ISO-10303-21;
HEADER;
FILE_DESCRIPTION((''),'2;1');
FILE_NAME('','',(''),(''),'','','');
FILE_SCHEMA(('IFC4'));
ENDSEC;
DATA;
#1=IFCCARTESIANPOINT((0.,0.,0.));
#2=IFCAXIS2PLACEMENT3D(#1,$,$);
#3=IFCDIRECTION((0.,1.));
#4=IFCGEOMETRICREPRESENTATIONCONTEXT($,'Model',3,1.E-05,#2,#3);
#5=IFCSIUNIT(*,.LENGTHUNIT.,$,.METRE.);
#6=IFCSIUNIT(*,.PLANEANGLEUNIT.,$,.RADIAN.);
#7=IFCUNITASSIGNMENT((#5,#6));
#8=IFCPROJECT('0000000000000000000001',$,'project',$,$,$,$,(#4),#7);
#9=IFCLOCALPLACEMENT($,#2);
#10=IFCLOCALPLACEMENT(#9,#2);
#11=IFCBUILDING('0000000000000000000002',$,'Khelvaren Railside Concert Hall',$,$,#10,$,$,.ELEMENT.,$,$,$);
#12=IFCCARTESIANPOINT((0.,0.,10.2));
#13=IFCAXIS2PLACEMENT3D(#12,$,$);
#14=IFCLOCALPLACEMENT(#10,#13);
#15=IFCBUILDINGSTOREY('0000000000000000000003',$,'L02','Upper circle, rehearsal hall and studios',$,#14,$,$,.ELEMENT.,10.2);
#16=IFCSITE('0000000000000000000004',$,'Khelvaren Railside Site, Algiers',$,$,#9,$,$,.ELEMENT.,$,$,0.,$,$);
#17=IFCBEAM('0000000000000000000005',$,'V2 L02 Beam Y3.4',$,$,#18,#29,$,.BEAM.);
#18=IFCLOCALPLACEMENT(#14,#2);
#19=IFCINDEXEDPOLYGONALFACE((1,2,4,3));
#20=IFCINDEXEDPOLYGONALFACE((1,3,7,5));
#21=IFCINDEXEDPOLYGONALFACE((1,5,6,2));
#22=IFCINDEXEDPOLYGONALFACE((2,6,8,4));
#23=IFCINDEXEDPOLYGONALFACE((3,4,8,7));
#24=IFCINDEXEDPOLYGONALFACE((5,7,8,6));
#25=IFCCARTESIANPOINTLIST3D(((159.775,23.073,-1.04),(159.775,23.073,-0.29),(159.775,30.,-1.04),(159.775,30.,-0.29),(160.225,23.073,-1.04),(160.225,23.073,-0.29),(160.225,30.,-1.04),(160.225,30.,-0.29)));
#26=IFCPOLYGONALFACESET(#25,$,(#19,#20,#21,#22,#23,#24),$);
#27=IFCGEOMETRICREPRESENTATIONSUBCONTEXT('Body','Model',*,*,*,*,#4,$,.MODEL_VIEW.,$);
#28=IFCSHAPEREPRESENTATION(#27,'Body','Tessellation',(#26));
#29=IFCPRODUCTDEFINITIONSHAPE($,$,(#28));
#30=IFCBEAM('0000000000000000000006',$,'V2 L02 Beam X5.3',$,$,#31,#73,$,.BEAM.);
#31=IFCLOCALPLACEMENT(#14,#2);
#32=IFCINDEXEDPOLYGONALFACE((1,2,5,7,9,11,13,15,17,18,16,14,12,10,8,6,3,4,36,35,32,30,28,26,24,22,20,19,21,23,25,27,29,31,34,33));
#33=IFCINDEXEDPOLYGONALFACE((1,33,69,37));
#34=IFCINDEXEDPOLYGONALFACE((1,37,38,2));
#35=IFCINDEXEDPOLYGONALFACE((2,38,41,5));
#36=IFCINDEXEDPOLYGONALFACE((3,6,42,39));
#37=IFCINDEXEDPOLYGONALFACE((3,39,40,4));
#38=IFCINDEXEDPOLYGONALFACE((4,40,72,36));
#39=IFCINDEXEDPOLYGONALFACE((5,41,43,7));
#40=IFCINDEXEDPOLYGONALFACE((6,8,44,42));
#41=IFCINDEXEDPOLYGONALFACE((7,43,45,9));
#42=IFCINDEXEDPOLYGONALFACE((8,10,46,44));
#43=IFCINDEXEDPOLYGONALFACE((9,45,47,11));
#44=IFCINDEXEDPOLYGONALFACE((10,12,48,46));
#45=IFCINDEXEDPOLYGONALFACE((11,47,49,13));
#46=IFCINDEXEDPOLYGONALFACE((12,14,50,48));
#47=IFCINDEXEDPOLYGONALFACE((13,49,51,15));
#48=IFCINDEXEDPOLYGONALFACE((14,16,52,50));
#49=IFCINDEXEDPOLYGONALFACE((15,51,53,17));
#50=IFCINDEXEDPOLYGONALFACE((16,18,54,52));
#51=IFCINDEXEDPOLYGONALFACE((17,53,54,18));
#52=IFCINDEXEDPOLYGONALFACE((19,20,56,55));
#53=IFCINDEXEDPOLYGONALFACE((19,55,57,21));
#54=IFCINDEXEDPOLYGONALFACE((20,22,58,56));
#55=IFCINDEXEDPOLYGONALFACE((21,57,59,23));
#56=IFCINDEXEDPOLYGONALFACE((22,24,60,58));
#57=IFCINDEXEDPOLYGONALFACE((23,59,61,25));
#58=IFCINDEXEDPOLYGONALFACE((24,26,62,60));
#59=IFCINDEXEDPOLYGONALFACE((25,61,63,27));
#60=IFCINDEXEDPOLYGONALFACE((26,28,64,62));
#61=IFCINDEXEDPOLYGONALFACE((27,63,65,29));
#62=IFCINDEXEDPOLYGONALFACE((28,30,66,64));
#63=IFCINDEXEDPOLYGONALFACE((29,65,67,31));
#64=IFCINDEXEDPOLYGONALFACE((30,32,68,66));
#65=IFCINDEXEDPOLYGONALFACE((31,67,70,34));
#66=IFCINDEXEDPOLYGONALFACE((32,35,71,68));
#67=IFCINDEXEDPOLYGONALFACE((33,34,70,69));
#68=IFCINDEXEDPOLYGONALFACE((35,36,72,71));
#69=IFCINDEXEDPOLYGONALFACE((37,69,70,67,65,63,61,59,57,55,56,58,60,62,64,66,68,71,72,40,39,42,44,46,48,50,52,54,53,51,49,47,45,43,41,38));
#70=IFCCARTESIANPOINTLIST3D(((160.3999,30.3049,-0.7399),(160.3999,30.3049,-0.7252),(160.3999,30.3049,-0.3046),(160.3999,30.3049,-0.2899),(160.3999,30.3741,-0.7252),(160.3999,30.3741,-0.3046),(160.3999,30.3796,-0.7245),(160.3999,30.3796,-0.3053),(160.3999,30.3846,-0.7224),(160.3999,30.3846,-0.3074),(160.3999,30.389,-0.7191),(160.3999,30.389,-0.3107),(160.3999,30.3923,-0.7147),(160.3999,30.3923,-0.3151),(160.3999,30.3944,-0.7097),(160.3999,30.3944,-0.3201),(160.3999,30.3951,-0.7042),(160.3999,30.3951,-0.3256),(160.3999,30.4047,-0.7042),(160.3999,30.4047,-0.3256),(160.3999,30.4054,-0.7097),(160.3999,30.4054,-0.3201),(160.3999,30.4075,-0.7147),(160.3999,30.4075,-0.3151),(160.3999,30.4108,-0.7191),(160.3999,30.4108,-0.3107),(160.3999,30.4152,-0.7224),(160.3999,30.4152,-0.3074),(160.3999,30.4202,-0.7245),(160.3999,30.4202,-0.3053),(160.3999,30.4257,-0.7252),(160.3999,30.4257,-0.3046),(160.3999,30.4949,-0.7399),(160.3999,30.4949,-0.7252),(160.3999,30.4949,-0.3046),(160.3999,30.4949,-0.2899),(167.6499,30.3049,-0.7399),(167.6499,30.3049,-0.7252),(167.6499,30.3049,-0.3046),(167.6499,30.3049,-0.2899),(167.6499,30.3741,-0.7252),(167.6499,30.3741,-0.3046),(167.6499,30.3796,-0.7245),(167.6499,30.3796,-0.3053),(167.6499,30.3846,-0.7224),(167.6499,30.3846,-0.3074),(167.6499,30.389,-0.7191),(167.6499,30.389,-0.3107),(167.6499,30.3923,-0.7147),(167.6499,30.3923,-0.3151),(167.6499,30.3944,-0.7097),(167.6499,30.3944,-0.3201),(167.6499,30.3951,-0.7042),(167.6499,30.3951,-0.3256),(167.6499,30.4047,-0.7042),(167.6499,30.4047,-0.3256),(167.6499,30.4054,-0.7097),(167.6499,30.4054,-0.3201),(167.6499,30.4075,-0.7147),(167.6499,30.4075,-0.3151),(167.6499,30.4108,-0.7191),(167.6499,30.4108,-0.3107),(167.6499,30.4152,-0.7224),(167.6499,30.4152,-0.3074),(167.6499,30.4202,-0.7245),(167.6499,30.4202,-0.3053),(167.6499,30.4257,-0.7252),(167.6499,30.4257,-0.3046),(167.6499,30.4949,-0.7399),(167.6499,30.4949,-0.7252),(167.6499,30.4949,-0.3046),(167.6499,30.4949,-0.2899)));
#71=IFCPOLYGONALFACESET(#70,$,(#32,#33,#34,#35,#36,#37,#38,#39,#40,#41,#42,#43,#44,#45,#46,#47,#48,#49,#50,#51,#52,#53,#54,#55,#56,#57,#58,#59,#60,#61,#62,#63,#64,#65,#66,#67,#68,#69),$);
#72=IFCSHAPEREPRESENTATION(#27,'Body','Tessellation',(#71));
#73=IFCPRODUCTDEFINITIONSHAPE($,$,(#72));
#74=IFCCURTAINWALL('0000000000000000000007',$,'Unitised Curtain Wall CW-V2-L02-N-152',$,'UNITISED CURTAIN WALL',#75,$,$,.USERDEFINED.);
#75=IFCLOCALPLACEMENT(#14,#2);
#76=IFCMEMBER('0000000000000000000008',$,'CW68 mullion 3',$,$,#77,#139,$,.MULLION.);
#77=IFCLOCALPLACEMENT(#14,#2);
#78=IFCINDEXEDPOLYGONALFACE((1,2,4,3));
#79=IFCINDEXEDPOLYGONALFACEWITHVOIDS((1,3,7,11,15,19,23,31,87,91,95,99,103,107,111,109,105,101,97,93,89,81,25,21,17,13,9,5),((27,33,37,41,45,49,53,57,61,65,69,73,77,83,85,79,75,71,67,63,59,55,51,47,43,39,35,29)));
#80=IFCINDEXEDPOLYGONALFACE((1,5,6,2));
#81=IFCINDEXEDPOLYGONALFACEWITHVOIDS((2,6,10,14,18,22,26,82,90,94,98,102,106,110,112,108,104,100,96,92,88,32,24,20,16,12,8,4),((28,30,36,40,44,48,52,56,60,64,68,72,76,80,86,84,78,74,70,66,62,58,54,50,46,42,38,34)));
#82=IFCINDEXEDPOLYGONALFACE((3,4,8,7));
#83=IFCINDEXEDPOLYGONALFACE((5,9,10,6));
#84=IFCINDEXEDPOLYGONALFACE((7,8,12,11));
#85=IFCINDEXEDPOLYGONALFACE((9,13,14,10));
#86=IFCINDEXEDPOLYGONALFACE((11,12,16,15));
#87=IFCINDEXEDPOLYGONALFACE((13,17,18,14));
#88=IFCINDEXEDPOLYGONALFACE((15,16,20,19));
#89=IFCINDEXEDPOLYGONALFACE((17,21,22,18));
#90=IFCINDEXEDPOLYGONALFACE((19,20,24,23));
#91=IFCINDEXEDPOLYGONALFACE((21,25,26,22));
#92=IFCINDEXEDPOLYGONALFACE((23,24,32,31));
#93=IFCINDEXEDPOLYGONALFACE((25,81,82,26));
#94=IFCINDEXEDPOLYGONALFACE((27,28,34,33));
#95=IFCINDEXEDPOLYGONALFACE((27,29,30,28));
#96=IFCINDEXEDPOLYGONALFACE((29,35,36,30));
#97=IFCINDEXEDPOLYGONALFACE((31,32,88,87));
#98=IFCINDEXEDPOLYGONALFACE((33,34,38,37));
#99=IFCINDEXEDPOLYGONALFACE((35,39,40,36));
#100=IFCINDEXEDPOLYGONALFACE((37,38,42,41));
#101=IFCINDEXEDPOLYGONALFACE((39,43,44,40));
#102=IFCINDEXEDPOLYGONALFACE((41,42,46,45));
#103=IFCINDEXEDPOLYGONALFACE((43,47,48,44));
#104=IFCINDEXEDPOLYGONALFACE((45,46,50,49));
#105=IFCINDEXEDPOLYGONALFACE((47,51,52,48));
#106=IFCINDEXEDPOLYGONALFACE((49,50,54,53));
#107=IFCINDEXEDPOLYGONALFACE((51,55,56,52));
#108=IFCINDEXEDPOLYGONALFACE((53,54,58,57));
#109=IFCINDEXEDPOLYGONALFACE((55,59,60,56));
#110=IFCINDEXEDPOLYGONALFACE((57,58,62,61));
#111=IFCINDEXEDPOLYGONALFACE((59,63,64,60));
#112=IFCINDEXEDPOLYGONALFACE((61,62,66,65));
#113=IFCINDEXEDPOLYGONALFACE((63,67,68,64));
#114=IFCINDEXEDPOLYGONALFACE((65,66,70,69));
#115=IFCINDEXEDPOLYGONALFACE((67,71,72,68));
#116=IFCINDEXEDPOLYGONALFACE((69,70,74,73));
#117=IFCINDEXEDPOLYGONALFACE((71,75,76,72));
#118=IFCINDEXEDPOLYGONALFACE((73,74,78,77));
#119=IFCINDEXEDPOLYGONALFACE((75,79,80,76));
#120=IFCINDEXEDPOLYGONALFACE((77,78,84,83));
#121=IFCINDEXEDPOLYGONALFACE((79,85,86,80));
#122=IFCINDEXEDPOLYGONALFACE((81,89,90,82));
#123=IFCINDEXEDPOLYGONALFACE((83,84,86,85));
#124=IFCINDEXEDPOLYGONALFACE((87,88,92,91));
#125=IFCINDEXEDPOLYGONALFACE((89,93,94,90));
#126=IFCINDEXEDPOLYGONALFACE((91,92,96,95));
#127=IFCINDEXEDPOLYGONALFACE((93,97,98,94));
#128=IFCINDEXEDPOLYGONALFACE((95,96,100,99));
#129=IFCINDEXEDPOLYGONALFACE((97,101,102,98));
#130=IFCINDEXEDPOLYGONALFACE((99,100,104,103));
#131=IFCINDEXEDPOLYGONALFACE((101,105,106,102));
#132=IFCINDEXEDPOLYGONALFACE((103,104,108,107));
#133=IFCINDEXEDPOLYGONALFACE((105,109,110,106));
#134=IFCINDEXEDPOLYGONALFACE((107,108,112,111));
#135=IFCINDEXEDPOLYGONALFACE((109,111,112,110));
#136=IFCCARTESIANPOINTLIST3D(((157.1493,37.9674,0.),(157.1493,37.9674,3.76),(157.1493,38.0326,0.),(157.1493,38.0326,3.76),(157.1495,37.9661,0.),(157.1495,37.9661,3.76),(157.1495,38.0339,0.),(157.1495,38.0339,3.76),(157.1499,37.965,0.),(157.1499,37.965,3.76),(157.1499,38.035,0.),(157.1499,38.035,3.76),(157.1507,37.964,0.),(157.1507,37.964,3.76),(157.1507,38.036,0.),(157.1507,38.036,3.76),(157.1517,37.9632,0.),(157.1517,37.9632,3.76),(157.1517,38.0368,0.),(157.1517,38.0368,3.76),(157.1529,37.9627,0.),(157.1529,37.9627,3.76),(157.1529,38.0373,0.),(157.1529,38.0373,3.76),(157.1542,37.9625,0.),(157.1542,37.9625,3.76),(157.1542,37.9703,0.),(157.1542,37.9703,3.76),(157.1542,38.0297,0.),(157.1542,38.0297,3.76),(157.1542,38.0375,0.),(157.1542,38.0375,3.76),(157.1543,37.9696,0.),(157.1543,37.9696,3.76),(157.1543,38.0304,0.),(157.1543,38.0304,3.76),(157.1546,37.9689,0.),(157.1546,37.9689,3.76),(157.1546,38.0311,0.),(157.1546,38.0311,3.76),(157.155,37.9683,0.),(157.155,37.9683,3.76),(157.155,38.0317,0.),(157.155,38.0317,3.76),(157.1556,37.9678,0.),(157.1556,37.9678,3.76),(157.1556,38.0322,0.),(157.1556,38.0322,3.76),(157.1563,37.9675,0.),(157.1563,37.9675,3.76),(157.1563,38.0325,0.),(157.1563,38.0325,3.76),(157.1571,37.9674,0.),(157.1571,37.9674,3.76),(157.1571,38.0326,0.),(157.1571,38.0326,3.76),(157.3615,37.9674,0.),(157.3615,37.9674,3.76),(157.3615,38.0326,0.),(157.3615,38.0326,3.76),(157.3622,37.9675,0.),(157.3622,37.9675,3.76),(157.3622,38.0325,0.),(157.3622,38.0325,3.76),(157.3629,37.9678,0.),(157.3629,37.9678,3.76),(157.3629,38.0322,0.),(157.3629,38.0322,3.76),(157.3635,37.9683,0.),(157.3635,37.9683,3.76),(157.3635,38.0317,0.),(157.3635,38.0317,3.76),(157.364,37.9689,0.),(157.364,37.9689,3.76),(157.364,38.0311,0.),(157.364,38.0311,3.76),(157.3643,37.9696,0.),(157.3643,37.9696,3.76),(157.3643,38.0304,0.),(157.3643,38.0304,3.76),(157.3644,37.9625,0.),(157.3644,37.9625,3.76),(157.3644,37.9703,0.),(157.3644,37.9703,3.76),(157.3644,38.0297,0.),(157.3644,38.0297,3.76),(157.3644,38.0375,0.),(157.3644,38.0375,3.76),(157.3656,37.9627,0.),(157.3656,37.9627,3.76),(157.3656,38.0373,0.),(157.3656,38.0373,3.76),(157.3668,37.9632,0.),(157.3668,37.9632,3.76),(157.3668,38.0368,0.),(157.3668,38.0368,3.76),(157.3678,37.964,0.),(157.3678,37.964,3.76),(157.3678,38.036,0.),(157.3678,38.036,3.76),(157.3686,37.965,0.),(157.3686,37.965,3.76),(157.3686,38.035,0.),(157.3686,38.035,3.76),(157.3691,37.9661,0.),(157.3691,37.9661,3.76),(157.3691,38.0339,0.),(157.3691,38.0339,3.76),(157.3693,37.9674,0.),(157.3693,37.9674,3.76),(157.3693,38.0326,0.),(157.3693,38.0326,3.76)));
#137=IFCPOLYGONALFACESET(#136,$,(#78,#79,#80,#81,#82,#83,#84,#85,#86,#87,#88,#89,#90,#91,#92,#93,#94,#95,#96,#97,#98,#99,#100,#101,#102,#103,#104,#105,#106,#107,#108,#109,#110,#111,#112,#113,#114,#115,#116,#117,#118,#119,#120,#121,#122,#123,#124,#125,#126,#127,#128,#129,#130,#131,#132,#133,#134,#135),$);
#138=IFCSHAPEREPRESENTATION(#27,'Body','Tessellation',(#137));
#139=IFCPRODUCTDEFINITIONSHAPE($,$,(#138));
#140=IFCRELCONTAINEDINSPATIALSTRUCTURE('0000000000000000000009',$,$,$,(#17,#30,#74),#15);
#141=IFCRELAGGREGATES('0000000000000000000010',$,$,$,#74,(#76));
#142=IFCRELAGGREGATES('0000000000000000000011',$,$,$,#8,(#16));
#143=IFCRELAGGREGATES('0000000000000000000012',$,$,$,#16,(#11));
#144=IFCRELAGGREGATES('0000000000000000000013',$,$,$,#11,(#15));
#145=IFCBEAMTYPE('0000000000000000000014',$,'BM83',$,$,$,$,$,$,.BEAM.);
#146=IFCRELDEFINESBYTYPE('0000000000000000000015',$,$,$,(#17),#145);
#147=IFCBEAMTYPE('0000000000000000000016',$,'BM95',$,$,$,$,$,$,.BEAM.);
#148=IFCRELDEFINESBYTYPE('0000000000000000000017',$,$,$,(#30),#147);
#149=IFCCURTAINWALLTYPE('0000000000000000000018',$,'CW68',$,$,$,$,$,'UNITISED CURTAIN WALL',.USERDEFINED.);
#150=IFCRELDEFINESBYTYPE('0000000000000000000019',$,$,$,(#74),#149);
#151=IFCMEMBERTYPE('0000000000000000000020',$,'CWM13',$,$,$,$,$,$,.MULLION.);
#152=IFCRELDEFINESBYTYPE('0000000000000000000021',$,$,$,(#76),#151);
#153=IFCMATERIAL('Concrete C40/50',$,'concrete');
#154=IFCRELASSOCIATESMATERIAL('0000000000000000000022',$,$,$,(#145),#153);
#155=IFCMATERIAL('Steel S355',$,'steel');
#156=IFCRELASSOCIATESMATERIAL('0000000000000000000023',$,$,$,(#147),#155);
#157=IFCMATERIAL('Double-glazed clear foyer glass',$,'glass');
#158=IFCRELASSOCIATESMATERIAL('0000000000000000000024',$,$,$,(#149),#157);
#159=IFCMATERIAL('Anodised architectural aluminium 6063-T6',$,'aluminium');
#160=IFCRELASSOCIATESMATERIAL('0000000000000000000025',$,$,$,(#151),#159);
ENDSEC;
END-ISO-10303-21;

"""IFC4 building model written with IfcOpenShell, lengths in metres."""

from ifc_helpers import new_model, si_unit, direction, frame, origin, origin_2d, place, context, subcontext, project, spatial, rectangle, hollow_rectangle, i_section, extrude, material, material_profile, profile_set, type_object, element, aggregate, save


model = new_model("IFC4")

# Units and contexts
model_context = context("Model", 3, precision=1e-05, world=origin(), true_north=direction((0.0, 1.0)))
body_context = subcontext(model_context, "Body", "Model", "MODEL_VIEW")
ifc_project = project(units=[si_unit("LENGTHUNIT", "METRE"), si_unit("PLANEANGLEUNIT", "RADIAN")], contexts=[model_context])

# Site, building, storey
site_placement = place(None, origin())
site = spatial("IfcSite", under=ifc_project, at=site_placement, Name="Khelvaren Railside Site, Algiers", CompositionType="ELEMENT", RefElevation=0.0)
building_placement = place(site_placement, origin())
building = spatial("IfcBuilding", under=site, at=building_placement, Name="Khelvaren Railside Concert Hall", CompositionType="ELEMENT")
storey_placement = place(building_placement, frame((0.0, 0.0, 10.2)))
storey = spatial("IfcBuildingStorey", under=building, at=storey_placement, Name="L02", Description="Upper circle, rehearsal hall and studios", CompositionType="ELEMENT", Elevation=10.2)

# Shared definitions
ifc_material_1 = material(Name="Steel S355", Category="steel")

# Beams
ifc_material_2 = material(Name="Concrete C40/50", Category="concrete")
ifc_material_profile_1 = material_profile(ifc_material_2, rectangle(XDim=0.45, YDim=0.75, at=origin_2d()), Name="RCB 450x750")
ifc_profile_set_1 = profile_set([ifc_material_profile_1], Name="Concrete C40/50")
beam_type_1 = type_object("IfcBeamType", Name="BM83", PredefinedType="BEAM", material=ifc_profile_set_1)
beam_1_placement = place(storey_placement, frame((160.0, 23.073, -0.665), z_axis=(0.0, 1.0, 0.0), x_axis=(-1.0, 0.0, 0.0)))
element("IfcBeam", 1, at=beam_1_placement, inside=storey, type_object=beam_type_1, Name="V2 L02 Beam Y3.4", PredefinedType="BEAM", context=body_context, shape_type="SweptSolid", body=[
    extrude(rectangle(XDim=0.45, YDim=0.75, at=origin_2d()), origin(), (0.0, 0.0, 1.0), 6.927),
])
ifc_material_profile_2 = material_profile(ifc_material_1, i_section(OverallWidth=0.1899, OverallDepth=0.45, WebThickness=0.0095, FlangeThickness=0.0146, FilletRadius=0.021, at=origin_2d()), Name="IPE 450")
ifc_profile_set_2 = profile_set([ifc_material_profile_2], Name="Steel S355")
beam_type_2 = type_object("IfcBeamType", Name="BM95", PredefinedType="BEAM", material=ifc_profile_set_2)
beam_2_placement = place(storey_placement, frame((160.3999, 30.3999, -0.5149), z_axis=(1.0, 0.0, 0.0), x_axis=(0.0, 1.0, 0.0)))
element("IfcBeam", 2, at=beam_2_placement, inside=storey, type_object=beam_type_2, Name="V2 L02 Beam X5.3", PredefinedType="BEAM", context=body_context, shape_type="SweptSolid", body=[
    extrude(i_section(OverallWidth=0.1899, OverallDepth=0.45, WebThickness=0.0095, FlangeThickness=0.0146, FilletRadius=0.021, at=origin_2d()), origin(), (0.0, 0.0, 1.0), 7.25),
])

# Curtain wall, member
ifc_material_3 = material(Name="Double-glazed clear foyer glass", Category="glass")
curtain_wall_type = type_object("IfcCurtainWallType", Name="CW68", ElementType="UNITISED CURTAIN WALL", PredefinedType="USERDEFINED", material=ifc_material_3)
curtain_wall_placement = place(storey_placement, origin())
curtain_wall = element("IfcCurtainWall", 3, at=curtain_wall_placement, inside=storey, type_object=curtain_wall_type, Name="Unitised Curtain Wall CW-V2-L02-N-152", ObjectType="UNITISED CURTAIN WALL", PredefinedType="USERDEFINED")
ifc_material_4 = material(Name="Anodised architectural aluminium 6063-T6", Category="aluminium")
ifc_material_profile_3 = material_profile(ifc_material_4, hollow_rectangle(XDim=0.075, YDim=0.22, WallThickness=0.0049, InnerFilletRadius=0.0029, OuterFilletRadius=0.0049, at=origin_2d()), Name="CWM 75x220x5")
ifc_profile_set_3 = profile_set([ifc_material_profile_3], Name="Anodised architectural aluminium 6063-T6")
member_type_1 = type_object("IfcMemberType", Name="CWM13", PredefinedType="MULLION", material=ifc_profile_set_3)
member_1_placement = place(storey_placement, frame((157.2593, 38.0, 0.0), z_axis=(0.0, 0.0, 1.0), x_axis=(0.0, 1.0, 0.0)))
member_1 = element("IfcMember", 4, at=member_1_placement, type_object=member_type_1, Name="CW68 mullion 3", PredefinedType="MULLION", context=body_context, shape_type="SweptSolid", body=[
    extrude(hollow_rectangle(XDim=0.075, YDim=0.22, WallThickness=0.0049, InnerFilletRadius=0.0029, OuterFilletRadius=0.0049, at=origin_2d()), origin(), (0.0, 0.0, 1.0), 3.76),
])

aggregate(curtain_wall, [member_1])

save(model, "model.ifc")
